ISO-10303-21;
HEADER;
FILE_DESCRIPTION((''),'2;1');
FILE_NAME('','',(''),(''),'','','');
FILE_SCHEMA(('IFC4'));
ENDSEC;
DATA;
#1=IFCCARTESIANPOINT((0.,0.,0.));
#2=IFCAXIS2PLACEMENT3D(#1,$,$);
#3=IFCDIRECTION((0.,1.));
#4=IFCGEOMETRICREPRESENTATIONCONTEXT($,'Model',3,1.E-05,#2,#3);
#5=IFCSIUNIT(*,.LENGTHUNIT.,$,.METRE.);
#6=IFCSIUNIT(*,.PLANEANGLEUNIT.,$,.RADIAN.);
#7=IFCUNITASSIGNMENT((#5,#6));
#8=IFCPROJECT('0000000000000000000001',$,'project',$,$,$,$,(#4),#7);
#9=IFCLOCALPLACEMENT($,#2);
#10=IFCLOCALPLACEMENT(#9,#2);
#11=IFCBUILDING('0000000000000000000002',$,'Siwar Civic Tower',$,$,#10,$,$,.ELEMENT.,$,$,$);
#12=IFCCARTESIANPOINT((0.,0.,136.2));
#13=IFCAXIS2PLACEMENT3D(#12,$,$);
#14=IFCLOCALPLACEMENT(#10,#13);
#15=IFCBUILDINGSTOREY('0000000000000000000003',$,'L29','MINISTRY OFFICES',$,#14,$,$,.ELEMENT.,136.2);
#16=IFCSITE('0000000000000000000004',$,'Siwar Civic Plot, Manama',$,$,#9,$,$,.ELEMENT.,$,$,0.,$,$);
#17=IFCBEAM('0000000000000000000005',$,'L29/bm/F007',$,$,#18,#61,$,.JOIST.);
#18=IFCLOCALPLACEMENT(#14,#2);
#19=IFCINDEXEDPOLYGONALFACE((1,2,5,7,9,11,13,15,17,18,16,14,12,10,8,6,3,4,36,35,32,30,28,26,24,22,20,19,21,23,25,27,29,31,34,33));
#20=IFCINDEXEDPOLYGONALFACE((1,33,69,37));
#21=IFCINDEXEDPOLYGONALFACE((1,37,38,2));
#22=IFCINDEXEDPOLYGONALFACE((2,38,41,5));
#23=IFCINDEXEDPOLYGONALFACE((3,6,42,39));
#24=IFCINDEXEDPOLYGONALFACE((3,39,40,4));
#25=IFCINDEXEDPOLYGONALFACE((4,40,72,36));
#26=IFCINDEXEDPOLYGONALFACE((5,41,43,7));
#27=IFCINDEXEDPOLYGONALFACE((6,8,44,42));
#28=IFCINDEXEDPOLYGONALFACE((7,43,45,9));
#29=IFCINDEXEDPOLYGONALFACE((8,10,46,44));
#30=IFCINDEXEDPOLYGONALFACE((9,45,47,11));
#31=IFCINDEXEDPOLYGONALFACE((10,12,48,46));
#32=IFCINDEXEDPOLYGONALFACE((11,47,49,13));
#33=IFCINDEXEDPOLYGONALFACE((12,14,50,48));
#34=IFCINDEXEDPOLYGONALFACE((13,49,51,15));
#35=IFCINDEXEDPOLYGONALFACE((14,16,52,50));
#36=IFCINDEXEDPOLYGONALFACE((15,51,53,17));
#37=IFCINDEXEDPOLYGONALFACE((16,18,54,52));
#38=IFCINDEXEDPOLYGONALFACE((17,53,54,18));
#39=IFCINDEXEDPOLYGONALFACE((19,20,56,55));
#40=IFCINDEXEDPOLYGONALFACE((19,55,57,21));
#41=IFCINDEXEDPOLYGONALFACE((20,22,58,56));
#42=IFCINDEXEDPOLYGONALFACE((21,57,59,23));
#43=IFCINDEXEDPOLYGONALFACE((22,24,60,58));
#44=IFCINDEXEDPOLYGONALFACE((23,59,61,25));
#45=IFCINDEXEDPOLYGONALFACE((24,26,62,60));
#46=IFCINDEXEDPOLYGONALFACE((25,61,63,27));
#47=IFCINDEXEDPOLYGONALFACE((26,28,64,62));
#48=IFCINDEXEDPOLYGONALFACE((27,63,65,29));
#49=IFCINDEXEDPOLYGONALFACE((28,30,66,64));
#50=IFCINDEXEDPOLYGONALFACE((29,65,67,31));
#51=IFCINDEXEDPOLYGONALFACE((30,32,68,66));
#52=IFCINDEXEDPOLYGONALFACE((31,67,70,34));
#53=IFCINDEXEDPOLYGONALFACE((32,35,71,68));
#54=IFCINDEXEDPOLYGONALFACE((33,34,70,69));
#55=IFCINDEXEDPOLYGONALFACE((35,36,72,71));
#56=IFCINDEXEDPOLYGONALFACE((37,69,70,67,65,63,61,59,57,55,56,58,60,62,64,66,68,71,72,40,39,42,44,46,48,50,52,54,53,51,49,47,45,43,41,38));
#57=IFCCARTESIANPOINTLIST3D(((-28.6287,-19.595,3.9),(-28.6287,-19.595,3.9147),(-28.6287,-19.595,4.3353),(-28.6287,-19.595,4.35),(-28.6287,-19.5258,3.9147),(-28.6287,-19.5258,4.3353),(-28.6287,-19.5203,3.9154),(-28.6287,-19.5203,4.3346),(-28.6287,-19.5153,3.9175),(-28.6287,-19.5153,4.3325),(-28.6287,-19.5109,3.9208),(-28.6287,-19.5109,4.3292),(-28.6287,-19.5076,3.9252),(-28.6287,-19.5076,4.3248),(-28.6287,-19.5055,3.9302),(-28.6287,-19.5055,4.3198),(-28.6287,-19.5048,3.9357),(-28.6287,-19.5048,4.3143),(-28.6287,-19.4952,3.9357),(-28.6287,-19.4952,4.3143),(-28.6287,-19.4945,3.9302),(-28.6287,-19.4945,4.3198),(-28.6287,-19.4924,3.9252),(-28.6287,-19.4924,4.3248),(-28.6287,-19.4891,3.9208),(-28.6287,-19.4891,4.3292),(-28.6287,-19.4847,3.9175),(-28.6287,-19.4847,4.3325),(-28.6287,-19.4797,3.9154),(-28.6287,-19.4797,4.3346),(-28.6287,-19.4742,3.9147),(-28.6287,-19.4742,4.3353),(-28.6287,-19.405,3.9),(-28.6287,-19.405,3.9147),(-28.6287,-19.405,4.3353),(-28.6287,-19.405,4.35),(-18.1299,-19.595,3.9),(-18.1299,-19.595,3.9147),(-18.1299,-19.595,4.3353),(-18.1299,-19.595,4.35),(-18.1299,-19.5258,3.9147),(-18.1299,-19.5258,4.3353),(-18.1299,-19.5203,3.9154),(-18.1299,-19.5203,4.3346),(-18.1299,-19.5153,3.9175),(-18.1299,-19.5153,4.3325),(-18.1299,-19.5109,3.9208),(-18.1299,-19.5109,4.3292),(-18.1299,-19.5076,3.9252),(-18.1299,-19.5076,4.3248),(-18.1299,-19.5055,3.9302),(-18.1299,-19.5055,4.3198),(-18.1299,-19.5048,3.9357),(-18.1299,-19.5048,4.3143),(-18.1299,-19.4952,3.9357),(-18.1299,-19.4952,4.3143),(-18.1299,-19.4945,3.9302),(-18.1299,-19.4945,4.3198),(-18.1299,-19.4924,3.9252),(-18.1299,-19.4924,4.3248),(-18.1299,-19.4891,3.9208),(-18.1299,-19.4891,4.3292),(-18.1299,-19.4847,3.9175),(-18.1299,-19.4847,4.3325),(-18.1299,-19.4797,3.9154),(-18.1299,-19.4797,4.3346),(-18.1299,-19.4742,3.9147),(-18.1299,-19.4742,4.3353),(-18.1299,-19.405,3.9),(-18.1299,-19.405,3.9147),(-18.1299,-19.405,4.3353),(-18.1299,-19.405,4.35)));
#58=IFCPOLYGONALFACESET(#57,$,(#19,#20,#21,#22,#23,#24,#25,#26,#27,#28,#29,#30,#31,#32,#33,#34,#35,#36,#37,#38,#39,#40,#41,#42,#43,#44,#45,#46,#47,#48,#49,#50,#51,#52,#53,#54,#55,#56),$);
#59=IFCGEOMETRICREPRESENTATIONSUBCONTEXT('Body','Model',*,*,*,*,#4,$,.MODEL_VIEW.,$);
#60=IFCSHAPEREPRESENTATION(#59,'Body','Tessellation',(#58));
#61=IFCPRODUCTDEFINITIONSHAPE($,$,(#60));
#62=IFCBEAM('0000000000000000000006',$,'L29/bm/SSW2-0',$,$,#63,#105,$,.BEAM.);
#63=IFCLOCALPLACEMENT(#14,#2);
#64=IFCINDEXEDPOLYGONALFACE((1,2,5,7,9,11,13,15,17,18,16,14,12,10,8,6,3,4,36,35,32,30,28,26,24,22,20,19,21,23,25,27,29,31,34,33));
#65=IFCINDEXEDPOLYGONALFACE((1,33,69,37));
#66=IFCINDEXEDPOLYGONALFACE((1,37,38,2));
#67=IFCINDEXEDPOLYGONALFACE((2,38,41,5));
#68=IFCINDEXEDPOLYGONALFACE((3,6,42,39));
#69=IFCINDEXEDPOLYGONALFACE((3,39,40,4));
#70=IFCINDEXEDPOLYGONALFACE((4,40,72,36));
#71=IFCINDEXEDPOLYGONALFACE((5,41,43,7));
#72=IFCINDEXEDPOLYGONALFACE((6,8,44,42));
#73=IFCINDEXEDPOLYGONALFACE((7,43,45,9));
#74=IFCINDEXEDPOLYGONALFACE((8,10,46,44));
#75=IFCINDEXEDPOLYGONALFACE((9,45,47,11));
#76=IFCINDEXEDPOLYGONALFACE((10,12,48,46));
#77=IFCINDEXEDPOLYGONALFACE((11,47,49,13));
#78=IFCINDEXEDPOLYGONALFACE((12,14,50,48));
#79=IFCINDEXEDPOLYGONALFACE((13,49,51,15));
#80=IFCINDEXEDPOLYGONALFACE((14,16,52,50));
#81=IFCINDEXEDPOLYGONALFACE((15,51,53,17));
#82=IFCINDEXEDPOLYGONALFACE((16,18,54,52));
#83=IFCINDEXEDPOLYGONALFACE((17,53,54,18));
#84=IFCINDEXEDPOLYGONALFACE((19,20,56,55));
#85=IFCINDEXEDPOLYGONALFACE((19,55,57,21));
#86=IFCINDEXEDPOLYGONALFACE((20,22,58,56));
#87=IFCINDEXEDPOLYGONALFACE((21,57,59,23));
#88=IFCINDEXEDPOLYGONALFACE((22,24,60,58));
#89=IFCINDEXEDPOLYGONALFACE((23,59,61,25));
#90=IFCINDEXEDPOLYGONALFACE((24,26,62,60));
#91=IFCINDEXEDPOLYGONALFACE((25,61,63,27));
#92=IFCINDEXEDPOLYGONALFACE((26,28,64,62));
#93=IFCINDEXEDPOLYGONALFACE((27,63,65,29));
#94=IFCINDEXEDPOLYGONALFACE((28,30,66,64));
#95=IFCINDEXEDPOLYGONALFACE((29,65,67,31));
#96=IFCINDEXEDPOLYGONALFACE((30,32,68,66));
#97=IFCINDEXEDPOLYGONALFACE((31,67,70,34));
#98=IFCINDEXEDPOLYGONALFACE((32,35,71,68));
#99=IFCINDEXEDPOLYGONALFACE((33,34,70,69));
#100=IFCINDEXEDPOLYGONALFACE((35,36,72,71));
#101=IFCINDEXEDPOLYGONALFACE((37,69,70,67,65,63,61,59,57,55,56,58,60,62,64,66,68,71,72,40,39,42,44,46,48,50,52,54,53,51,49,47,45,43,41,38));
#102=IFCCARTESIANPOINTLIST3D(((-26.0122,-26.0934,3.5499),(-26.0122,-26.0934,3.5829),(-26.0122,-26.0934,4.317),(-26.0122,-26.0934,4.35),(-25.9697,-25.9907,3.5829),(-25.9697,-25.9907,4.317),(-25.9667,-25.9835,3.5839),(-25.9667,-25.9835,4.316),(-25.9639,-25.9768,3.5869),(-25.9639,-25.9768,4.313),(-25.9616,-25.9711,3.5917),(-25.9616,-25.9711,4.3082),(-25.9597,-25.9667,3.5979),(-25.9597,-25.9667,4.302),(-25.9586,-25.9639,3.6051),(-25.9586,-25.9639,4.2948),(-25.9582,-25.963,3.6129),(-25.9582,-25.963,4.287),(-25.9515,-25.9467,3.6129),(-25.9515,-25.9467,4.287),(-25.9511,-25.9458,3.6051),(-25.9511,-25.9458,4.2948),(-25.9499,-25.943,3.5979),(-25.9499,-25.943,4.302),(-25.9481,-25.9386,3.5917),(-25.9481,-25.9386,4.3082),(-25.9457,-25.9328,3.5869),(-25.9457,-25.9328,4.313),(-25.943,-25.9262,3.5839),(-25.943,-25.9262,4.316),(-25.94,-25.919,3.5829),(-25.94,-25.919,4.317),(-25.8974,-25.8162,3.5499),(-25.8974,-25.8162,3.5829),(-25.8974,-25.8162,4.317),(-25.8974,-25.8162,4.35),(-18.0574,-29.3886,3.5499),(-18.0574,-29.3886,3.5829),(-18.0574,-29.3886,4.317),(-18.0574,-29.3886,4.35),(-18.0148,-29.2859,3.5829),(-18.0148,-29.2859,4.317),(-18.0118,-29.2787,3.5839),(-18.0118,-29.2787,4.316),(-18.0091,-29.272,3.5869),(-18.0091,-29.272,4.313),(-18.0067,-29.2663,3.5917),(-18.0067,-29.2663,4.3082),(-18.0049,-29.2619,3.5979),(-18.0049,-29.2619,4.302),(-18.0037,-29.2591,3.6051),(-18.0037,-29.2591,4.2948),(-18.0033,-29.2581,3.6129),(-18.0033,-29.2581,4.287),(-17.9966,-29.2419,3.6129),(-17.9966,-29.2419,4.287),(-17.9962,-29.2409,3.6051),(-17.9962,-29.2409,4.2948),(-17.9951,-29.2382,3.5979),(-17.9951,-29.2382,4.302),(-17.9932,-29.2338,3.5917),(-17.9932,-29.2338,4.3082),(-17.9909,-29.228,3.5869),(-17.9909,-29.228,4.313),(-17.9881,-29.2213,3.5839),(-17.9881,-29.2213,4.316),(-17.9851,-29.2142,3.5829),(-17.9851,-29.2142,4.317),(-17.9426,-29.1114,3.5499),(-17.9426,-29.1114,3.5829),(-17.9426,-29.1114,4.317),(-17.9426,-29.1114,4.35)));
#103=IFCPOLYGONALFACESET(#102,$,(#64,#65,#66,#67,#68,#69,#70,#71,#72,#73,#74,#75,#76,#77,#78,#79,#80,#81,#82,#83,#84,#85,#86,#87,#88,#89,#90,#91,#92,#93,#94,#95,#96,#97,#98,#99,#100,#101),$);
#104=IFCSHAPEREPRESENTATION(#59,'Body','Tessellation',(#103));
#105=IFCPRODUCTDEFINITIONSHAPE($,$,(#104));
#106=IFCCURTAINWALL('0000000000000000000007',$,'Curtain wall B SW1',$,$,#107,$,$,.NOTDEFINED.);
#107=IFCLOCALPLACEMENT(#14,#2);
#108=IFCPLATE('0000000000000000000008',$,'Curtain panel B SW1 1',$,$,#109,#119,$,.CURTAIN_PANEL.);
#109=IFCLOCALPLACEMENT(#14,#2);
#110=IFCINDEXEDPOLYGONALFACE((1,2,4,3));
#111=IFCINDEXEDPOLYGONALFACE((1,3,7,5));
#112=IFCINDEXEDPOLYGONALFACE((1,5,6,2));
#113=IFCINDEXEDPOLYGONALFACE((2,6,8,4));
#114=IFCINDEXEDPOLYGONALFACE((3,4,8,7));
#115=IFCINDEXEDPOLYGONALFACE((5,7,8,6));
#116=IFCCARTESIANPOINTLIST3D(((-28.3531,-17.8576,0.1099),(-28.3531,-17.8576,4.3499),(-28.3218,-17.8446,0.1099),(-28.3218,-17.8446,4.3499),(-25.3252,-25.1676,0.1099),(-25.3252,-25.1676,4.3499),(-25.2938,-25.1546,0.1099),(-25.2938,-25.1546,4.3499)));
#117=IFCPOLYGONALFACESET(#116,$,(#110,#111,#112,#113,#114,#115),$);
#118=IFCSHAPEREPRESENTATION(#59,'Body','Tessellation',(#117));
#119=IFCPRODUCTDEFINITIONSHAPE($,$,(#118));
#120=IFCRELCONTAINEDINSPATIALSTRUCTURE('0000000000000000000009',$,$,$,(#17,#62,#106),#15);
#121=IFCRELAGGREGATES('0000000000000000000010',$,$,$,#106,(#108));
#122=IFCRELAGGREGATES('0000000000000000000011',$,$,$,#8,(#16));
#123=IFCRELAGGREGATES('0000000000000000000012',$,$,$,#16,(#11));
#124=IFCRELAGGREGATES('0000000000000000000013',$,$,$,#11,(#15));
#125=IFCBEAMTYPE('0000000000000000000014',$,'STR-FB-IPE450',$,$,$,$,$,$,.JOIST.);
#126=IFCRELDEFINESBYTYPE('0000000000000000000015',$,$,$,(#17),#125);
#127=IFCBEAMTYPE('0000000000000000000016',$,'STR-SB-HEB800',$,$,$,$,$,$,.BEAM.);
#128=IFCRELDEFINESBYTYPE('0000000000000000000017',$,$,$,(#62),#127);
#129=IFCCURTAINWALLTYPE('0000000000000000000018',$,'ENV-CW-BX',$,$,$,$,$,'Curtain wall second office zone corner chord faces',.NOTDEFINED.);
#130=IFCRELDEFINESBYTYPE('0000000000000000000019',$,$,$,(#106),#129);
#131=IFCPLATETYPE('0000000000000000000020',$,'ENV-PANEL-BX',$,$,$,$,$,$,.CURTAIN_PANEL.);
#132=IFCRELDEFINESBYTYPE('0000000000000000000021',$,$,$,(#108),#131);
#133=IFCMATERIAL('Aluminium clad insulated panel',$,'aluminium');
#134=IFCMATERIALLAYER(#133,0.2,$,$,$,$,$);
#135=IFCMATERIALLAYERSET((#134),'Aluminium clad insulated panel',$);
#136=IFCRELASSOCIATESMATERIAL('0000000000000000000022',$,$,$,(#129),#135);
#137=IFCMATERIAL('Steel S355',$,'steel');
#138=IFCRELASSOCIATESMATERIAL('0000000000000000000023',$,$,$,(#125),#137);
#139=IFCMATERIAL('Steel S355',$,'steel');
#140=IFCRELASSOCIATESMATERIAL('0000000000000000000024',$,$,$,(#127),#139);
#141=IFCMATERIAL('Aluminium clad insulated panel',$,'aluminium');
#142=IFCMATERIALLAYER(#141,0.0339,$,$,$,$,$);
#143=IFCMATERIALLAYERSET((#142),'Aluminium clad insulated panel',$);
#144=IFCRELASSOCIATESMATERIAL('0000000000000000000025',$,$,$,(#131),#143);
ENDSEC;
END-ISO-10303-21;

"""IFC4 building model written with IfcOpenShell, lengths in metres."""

from ifc_helpers import new_model, si_unit, direction, frame, origin, origin_2d, place, context, subcontext, project, spatial, rectangle, i_section, extrude, material, layer, layer_set, material_profile, profile_set, type_object, element, aggregate, save


model = new_model("IFC4")

# Units and contexts
model_context = context("Model", 3, precision=1e-05, world=origin(), true_north=direction((0.0, 1.0)))
body_context = subcontext(model_context, "Body", "Model", "MODEL_VIEW")
ifc_project = project(units=[si_unit("LENGTHUNIT", "METRE"), si_unit("PLANEANGLEUNIT", "RADIAN")], contexts=[model_context])

# Site, building, storey
site_placement = place(None, origin())
site = spatial("IfcSite", under=ifc_project, at=site_placement, Name="Siwar Civic Plot, Manama", CompositionType="ELEMENT", RefElevation=0.0)
building_placement = place(site_placement, origin())
building = spatial("IfcBuilding", under=site, at=building_placement, Name="Siwar Civic Tower", CompositionType="ELEMENT")
storey_placement = place(building_placement, frame((0.0, 0.0, 136.2)))
storey = spatial("IfcBuildingStorey", under=building, at=storey_placement, Name="L29", Description="MINISTRY OFFICES", CompositionType="ELEMENT", Elevation=136.2)

# Shared definitions
ifc_material_1 = material(Name="Aluminium clad insulated panel", Category="aluminium")
ifc_layer_1 = layer(ifc_material_1, 0.2)
ifc_layer_set_1 = layer_set([ifc_layer_1], Name="Aluminium clad insulated panel")
curtain_wall_type = type_object("IfcCurtainWallType", Name="ENV-CW-BX", ElementType="Curtain wall second office zone corner chord faces", PredefinedType="NOTDEFINED", material=ifc_layer_set_1)

# Beams
ifc_material_2 = material(Name="Steel S355", Category="steel")
ifc_material_profile_1 = material_profile(ifc_material_2, i_section(OverallWidth=0.1899, OverallDepth=0.45, WebThickness=0.0095, FlangeThickness=0.0146, FilletRadius=0.021, at=origin_2d()), Name="IPE450")
ifc_profile_set_1 = profile_set([ifc_material_profile_1], Name="Steel S355")
beam_type_1 = type_object("IfcBeamType", Name="STR-FB-IPE450", PredefinedType="JOIST", material=ifc_profile_set_1)
beam_1_placement = place(storey_placement, frame((-28.6287, -19.5, 4.125), z_axis=(1.0, 0.0, 0.0), x_axis=(0.0, 1.0, 0.0)))
element("IfcBeam", 1, at=beam_1_placement, inside=storey, type_object=beam_type_1, Name="L29/bm/F007", PredefinedType="JOIST", context=body_context, shape_type="SweptSolid", body=[
    extrude(i_section(OverallWidth=0.1899, OverallDepth=0.45, WebThickness=0.0095, FlangeThickness=0.0146, FilletRadius=0.021, at=origin_2d()), origin(), (0.0, 0.0, 1.0), 10.4988),
])
ifc_material_3 = material(Name="Steel S355", Category="steel")
ifc_material_profile_2 = material_profile(ifc_material_3, i_section(OverallWidth=0.3, OverallDepth=0.8, WebThickness=0.0176, FlangeThickness=0.033, FilletRadius=0.03, at=origin_2d()), Name="HEB800")
ifc_profile_set_2 = profile_set([ifc_material_profile_2], Name="Steel S355")
beam_type_2 = type_object("IfcBeamType", Name="STR-SB-HEB800", PredefinedType="BEAM", material=ifc_profile_set_2)
beam_2_placement = place(storey_placement, frame((-25.9548, -25.9548, 3.95), z_axis=(0.923873, -0.3827, 0.0), x_axis=(0.3827, 0.923873, 0.0)))
element("IfcBeam", 2, at=beam_2_placement, inside=storey, type_object=beam_type_2, Name="L29/bm/SSW2-0", PredefinedType="BEAM", context=body_context, shape_type="SweptSolid", body=[
    extrude(i_section(OverallWidth=0.3, OverallDepth=0.8, WebThickness=0.0176, FlangeThickness=0.033, FilletRadius=0.03, at=origin_2d()), origin(), (0.0, 0.0, 1.0), 8.6104),
])

# Curtain wall, plate
curtain_wall_1_placement = place(storey_placement, origin())
curtain_wall_1 = element("IfcCurtainWall", 3, at=curtain_wall_1_placement, inside=storey, type_object=curtain_wall_type, Name="Curtain wall B SW1", PredefinedType="NOTDEFINED")
ifc_material_4 = material(Name="Aluminium clad insulated panel", Category="aluminium")
ifc_layer_2 = layer(ifc_material_4, 0.0339)
ifc_layer_set_2 = layer_set([ifc_layer_2], Name="Aluminium clad insulated panel")
plate_type = type_object("IfcPlateType", Name="ENV-PANEL-BX", PredefinedType="CURTAIN_PANEL", material=ifc_layer_set_2)
plate_placement = place(storey_placement, frame((-26.8235, -21.5061, 0.1099), z_axis=(0.0, 0.0, 1.0), x_axis=(0.382683, -0.92388, 0.0)))
plate = element("IfcPlate", 4, at=plate_placement, type_object=plate_type, Name="Curtain panel B SW1 1", PredefinedType="CURTAIN_PANEL", context=body_context, shape_type="SweptSolid", body=[
    extrude(rectangle(XDim=7.9124, YDim=0.0339, at=origin_2d()), origin(), (0.0, 0.0, 1.0), 4.24),
])
aggregate(curtain_wall_1, [plate])

save(model, "model.ifc")
